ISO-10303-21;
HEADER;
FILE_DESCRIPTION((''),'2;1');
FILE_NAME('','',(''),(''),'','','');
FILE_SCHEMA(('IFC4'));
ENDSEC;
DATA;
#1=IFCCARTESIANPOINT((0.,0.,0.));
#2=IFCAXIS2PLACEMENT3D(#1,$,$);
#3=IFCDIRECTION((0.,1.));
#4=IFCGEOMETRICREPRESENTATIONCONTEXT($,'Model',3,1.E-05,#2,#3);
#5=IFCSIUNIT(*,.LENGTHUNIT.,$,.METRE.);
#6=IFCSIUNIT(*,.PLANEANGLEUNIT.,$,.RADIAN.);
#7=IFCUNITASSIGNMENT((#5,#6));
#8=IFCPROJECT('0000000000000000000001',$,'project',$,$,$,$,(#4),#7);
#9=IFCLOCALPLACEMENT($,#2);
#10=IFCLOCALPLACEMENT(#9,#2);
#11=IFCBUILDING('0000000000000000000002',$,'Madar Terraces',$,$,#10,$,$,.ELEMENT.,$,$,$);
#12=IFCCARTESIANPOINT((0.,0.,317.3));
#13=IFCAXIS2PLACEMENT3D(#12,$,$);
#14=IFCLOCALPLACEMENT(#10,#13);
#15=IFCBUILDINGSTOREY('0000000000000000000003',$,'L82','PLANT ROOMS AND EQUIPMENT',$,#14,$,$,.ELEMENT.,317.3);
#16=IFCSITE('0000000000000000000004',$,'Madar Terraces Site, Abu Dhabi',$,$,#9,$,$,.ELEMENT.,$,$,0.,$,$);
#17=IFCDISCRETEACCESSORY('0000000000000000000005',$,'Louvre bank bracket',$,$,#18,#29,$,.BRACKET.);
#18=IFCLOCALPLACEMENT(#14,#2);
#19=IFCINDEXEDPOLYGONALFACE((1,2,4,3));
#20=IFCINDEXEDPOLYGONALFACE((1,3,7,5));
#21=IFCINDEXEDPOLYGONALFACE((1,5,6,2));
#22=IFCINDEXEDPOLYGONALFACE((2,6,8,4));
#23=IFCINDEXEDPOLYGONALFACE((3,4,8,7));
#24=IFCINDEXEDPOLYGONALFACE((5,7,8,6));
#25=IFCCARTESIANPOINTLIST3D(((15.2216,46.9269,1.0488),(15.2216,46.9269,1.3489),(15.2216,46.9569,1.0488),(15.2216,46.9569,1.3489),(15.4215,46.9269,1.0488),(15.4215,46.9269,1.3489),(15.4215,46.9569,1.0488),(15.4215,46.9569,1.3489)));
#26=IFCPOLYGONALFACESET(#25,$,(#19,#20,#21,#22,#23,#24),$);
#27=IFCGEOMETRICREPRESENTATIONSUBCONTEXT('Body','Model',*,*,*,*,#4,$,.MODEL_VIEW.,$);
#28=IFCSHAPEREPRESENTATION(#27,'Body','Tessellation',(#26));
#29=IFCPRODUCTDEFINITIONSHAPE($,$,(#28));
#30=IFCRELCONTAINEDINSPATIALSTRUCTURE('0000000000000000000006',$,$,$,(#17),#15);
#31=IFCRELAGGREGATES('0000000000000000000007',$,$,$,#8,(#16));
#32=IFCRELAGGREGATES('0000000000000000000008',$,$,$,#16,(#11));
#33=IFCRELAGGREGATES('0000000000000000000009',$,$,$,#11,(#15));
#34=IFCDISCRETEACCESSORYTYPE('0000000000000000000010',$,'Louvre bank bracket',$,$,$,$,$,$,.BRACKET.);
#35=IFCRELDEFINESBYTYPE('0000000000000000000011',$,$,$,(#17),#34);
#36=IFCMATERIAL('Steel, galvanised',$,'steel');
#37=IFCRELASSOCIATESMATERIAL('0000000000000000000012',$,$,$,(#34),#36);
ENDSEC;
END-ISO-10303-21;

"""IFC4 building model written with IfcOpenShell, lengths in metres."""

from ifc_helpers import new_model, si_unit, direction, frame, origin, origin_2d, place, context, subcontext, project, spatial, rectangle, extrude, material, type_object, element, save


model = new_model("IFC4")

# Units and contexts
model_context = context("Model", 3, precision=1e-05, world=origin(), true_north=direction((0.0, 1.0)))
body_context = subcontext(model_context, "Body", "Model", "MODEL_VIEW")
ifc_project = project(units=[si_unit("LENGTHUNIT", "METRE"), si_unit("PLANEANGLEUNIT", "RADIAN")], contexts=[model_context])

# Site, building, storey
site_placement = place(None, origin())
site = spatial("IfcSite", under=ifc_project, at=site_placement, Name="Madar Terraces Site, Abu Dhabi", CompositionType="ELEMENT", RefElevation=0.0)
building_placement = place(site_placement, origin())
building = spatial("IfcBuilding", under=site, at=building_placement, Name="Madar Terraces", CompositionType="ELEMENT")
storey_placement = place(building_placement, frame((0.0, 0.0, 317.3)))
storey = spatial("IfcBuildingStorey", under=building, at=storey_placement, Name="L82", Description="PLANT ROOMS AND EQUIPMENT", CompositionType="ELEMENT", Elevation=317.3)

# Discrete accessory
ifc_material_1 = material(Name="Steel, galvanised", Category="steel")
discrete_accessory_type_1 = type_object("IfcDiscreteAccessoryType", Name="Louvre bank bracket", PredefinedType="BRACKET", material=ifc_material_1)
for number, where, z_axis, x_axis, name in (
    (1, (15.3215, 46.9419, 1.0488), (0.0, 0.0, 1.0), (-1.0, 0.0, 0.0), "Louvre bank bracket"),
):
    element("IfcDiscreteAccessory", number, at=place(storey_placement, frame(where, z_axis=z_axis, x_axis=x_axis)), inside=storey, type_object=discrete_accessory_type_1, Name=name, PredefinedType="BRACKET", context=body_context, shape_type="SweptSolid", body=[
        extrude(rectangle(XDim=0.2, YDim=0.03, at=origin_2d()), origin(), (0.0, 0.0, 1.0), 0.3),
    ])

save(model, "model.ifc")
